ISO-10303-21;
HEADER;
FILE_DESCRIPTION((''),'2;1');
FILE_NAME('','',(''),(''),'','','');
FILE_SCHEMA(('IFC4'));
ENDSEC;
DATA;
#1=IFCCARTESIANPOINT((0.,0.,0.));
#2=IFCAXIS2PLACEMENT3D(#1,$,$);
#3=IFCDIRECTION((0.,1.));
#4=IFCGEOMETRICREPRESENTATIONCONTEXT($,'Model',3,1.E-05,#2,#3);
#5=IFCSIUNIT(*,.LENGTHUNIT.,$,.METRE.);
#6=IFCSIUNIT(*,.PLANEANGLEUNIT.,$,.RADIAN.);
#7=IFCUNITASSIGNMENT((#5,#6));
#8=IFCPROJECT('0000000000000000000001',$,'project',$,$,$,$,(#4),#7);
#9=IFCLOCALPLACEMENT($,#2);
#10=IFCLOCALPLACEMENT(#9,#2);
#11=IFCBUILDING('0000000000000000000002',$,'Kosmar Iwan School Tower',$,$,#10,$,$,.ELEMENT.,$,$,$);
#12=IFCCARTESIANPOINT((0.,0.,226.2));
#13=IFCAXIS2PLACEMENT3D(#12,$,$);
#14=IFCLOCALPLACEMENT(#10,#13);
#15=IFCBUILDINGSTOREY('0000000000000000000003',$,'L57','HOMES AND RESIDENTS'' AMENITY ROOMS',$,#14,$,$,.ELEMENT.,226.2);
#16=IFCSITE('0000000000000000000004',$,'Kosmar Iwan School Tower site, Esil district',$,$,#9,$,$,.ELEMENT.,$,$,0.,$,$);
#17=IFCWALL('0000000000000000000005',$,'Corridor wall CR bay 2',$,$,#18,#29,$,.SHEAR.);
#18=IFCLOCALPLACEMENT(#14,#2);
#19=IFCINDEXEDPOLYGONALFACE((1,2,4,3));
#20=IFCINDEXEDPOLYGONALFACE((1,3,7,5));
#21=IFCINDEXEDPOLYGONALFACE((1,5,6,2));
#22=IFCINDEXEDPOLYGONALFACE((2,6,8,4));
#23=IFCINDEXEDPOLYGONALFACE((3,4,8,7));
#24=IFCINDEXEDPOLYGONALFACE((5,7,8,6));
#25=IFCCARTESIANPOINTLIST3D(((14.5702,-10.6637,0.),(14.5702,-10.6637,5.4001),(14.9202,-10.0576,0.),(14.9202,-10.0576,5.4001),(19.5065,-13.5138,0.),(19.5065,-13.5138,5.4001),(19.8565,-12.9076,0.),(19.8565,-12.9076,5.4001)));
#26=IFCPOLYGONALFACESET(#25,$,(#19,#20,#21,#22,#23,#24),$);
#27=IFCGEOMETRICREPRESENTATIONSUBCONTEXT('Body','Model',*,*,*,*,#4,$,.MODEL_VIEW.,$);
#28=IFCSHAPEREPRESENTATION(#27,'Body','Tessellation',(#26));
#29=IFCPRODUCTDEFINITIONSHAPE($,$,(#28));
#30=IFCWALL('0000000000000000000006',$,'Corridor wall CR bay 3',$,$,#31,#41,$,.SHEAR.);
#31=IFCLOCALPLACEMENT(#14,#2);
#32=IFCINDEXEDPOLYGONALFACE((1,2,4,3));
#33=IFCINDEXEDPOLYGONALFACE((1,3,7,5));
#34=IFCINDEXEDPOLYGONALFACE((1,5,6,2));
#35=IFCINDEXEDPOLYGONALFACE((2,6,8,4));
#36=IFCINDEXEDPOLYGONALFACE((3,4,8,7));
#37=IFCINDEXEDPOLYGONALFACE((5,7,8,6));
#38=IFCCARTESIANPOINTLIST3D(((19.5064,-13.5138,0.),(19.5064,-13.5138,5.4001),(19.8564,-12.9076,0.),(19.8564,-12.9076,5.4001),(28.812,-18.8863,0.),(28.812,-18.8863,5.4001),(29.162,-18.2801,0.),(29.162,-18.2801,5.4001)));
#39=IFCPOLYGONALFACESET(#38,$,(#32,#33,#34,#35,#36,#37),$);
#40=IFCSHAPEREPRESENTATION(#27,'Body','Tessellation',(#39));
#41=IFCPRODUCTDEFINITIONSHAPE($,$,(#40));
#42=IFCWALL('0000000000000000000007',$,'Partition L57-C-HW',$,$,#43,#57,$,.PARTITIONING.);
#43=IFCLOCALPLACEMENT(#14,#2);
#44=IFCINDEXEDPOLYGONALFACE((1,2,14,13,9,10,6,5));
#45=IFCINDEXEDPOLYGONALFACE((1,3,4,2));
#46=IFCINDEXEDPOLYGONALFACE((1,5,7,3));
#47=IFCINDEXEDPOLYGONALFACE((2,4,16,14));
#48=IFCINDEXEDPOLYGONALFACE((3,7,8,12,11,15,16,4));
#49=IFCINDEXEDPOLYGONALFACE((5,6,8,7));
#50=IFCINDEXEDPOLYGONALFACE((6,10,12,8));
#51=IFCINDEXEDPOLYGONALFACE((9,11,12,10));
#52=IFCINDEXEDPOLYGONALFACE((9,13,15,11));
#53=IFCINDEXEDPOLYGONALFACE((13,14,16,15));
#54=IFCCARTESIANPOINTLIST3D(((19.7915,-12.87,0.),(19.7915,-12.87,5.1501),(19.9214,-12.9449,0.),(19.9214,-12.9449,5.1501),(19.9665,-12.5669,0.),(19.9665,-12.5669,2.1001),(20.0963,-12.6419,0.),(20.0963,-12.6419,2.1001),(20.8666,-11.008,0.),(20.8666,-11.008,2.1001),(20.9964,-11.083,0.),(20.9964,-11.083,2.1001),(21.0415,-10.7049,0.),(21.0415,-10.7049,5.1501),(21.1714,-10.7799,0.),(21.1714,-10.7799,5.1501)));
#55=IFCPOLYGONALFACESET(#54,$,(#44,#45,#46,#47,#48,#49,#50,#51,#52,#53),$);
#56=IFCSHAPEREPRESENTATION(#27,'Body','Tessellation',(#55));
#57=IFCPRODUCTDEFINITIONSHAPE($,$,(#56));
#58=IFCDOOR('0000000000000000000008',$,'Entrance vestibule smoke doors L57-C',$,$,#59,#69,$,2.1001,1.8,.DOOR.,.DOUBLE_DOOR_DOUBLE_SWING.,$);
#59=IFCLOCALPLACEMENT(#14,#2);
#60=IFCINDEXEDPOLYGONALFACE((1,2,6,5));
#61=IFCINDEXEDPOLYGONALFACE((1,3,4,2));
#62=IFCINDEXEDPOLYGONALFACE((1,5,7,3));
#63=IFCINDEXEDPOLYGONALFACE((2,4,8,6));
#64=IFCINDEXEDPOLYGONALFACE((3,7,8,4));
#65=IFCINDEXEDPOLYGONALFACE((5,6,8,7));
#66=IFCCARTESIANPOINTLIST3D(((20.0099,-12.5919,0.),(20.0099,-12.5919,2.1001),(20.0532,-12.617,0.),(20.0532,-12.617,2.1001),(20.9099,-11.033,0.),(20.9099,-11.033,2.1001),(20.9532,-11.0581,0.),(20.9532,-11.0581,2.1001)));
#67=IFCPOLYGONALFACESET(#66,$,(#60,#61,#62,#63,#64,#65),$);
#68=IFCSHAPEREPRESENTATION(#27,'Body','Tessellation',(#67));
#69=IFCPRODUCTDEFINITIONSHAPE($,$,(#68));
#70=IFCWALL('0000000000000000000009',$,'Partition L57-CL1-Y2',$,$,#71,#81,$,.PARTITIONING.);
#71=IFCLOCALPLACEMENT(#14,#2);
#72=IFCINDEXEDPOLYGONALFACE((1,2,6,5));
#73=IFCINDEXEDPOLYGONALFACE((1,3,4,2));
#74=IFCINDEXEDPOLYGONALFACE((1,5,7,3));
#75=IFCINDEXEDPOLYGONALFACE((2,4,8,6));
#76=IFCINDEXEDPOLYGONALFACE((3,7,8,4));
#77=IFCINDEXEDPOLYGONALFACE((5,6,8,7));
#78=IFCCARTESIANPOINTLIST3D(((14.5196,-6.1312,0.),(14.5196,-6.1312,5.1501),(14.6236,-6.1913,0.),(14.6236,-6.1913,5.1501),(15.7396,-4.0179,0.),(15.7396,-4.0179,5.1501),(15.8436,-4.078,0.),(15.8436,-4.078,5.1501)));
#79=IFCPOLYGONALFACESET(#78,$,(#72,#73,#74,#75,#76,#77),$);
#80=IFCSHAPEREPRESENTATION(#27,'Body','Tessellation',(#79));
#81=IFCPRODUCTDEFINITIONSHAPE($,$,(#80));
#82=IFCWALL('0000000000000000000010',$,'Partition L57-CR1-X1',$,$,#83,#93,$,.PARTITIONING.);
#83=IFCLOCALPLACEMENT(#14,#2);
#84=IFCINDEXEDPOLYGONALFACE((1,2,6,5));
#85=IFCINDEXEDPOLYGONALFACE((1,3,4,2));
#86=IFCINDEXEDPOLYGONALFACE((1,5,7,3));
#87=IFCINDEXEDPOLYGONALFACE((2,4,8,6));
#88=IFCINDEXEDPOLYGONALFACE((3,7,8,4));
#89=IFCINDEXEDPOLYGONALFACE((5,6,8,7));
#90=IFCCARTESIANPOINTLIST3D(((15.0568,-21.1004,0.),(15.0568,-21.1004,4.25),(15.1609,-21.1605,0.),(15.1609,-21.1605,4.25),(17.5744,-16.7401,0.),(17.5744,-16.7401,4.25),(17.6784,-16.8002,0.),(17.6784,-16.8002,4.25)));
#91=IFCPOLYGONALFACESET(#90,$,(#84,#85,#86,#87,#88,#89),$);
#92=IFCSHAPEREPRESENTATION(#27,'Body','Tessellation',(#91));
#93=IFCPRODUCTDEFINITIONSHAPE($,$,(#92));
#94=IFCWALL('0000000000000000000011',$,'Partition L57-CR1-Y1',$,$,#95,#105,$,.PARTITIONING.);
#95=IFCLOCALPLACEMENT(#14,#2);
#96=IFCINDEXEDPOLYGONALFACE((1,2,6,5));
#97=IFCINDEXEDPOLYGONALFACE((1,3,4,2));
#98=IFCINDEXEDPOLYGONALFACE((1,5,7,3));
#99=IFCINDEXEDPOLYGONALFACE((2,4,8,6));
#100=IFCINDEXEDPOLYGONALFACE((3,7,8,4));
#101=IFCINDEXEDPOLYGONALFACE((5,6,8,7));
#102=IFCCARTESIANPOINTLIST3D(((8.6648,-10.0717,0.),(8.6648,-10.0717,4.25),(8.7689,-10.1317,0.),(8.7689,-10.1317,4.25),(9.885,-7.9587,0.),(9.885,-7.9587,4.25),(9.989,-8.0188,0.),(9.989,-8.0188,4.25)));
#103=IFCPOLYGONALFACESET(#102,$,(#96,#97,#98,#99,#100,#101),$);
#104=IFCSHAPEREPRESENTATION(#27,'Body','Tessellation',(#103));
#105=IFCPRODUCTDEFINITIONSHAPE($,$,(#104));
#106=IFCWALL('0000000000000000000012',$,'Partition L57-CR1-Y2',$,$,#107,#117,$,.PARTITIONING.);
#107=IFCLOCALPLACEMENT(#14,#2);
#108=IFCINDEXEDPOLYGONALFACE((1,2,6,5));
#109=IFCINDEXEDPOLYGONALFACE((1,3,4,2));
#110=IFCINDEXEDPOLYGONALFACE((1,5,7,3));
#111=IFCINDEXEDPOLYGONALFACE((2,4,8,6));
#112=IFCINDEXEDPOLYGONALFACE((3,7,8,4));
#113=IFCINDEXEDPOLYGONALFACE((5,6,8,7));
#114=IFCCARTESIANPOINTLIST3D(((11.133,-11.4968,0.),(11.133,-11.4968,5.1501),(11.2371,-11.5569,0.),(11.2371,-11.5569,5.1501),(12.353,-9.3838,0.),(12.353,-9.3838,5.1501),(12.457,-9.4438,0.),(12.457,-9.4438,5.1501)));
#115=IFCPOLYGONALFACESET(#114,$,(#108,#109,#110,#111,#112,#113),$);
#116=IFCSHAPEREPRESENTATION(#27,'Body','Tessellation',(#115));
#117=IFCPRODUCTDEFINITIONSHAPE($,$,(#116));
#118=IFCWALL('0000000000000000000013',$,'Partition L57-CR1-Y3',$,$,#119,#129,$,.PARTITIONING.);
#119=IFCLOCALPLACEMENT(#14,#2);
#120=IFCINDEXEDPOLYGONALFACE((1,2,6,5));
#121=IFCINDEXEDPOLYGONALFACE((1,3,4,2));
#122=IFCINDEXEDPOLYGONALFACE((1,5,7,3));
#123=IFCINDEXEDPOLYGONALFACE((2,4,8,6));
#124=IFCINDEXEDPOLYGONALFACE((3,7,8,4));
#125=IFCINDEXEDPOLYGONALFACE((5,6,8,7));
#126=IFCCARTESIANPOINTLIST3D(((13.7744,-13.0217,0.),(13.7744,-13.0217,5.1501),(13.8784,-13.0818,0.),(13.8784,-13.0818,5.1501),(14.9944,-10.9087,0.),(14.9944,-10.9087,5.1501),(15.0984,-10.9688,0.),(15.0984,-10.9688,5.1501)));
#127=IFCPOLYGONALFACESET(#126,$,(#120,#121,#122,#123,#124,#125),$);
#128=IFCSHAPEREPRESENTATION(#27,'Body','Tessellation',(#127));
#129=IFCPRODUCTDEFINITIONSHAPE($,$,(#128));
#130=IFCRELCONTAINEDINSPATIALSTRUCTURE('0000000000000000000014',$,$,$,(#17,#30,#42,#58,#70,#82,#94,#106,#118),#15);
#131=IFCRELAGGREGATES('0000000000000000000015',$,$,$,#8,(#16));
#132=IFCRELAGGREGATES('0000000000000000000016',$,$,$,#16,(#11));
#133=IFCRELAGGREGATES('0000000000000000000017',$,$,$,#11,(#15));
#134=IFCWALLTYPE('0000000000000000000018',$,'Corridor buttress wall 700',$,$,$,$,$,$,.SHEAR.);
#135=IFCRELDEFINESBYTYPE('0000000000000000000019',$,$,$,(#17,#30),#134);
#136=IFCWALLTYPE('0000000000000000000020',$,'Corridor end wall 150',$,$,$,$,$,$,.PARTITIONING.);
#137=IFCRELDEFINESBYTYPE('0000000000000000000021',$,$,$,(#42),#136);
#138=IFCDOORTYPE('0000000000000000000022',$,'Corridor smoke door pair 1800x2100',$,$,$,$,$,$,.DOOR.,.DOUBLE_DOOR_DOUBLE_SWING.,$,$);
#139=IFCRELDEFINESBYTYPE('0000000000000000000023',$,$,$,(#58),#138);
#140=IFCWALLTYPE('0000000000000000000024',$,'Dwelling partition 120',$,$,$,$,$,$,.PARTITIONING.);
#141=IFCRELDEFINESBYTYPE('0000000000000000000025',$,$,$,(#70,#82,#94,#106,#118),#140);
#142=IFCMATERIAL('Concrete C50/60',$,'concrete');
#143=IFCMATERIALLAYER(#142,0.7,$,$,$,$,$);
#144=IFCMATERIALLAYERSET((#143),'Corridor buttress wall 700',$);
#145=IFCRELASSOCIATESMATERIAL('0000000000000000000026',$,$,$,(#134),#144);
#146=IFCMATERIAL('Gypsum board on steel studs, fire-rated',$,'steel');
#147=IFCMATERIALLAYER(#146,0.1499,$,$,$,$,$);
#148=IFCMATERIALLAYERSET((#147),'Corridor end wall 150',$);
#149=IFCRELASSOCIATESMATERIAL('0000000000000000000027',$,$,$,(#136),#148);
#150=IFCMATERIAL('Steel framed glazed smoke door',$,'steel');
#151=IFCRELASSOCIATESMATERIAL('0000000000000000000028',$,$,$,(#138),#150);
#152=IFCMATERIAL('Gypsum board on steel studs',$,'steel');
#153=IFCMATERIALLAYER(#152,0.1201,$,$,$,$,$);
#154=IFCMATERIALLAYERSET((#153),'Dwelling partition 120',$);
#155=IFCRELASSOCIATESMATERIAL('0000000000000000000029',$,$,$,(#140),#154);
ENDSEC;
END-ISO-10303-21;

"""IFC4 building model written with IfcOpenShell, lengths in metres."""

from ifc_helpers import new_model, si_unit, direction, frame, frame_2d, origin, place, context, subcontext, project, spatial, rectangle, extrude, material, layer, layer_set, type_object, element, fill, save


model = new_model("IFC4")

# Units and contexts
model_context = context("Model", 3, precision=1e-05, world=origin(), true_north=direction((0.0, 1.0)))
body_context = subcontext(model_context, "Body", "Model", "MODEL_VIEW")
ifc_project = project(units=[si_unit("LENGTHUNIT", "METRE"), si_unit("PLANEANGLEUNIT", "RADIAN")], contexts=[model_context])

# Site, building, storey
site_placement = place(None, origin())
site = spatial("IfcSite", under=ifc_project, at=site_placement, Name="Kosmar Iwan School Tower site, Esil district", CompositionType="ELEMENT", RefElevation=0.0)
building_placement = place(site_placement, origin())
building = spatial("IfcBuilding", under=site, at=building_placement, Name="Kosmar Iwan School Tower", CompositionType="ELEMENT")
storey_placement = place(building_placement, frame((0.0, 0.0, 226.2)))
storey = spatial("IfcBuildingStorey", under=building, at=storey_placement, Name="L57", Description="HOMES AND RESIDENTS' AMENITY ROOMS", CompositionType="ELEMENT", Elevation=226.2)

# Shared definitions
ifc_material_1 = material(Name="Concrete C50/60", Category="concrete")
ifc_layer_1 = layer(ifc_material_1, 0.7)
ifc_layer_set_1 = layer_set([ifc_layer_1], Name="Corridor buttress wall 700")
wall_type_1 = type_object("IfcWallType", Name="Corridor buttress wall 700", PredefinedType="SHEAR", material=ifc_layer_set_1)

# Walls
wall_1_placement = place(storey_placement, frame((14.7451, -10.3606, 0.0), z_axis=(0.0, 0.0, 1.0), x_axis=(0.866015, -0.500018, 0.0)))
element("IfcWall", 1, at=wall_1_placement, inside=storey, type_object=wall_type_1, Name="Corridor wall CR bay 2", PredefinedType="SHEAR", context=body_context, shape_type="SweptSolid", body=[
    extrude(rectangle(XDim=5.7, YDim=0.7, at=frame_2d((2.8501, 0.0))), origin(), (0.0, 0.0, 1.0), 5.4001),
])
wall_2_placement = place(storey_placement, frame((19.6814, -13.2107, 0.0), z_axis=(0.0, 0.0, 1.0), x_axis=(0.866028, -0.499995, 0.0)))
element("IfcWall", 2, at=wall_2_placement, inside=storey, type_object=wall_type_1, Name="Corridor wall CR bay 3", PredefinedType="SHEAR", context=body_context, shape_type="SweptSolid", body=[
    extrude(rectangle(XDim=10.7451, YDim=0.7, at=frame_2d((5.3726, 0.0))), origin(), (0.0, 0.0, 1.0), 5.4001),
])

# Wall, opening, door
ifc_material_2 = material(Name="Gypsum board on steel studs, fire-rated", Category="steel")
ifc_layer_2 = layer(ifc_material_2, 0.1499)
ifc_layer_set_2 = layer_set([ifc_layer_2], Name="Corridor end wall 150")
wall_type_2 = type_object("IfcWallType", Name="Corridor end wall 150", PredefinedType="PARTITIONING", material=ifc_layer_set_2)
wall_3_placement = place(storey_placement, frame((19.8564, -12.9075, 0.0), z_axis=(0.0, 0.0, 1.0), x_axis=(0.500004, 0.866023, 0.0)))
wall_3 = element("IfcWall", 3, at=wall_3_placement, inside=storey, type_object=wall_type_2, Name="Partition L57-C-HW", PredefinedType="PARTITIONING", context=body_context, shape_type="SweptSolid", body=[
    extrude(rectangle(XDim=2.5, YDim=0.1499, at=frame_2d((1.25, 0.0))), origin(), (0.0, 0.0, 1.0), 5.1501),
])
opening_1_placement = place(wall_3_placement, frame((0.3501, 0.0, 0.0)))
opening_1 = element("IfcOpeningElement", 4, at=opening_1_placement, cuts=wall_3, PredefinedType="OPENING", context=body_context, shape_type="SweptSolid", body=[
    extrude(rectangle(XDim=1.8, YDim=2.1001, at=frame_2d((0.8999, 1.05))), frame((0.0, 0.0869, 0.0), z_axis=(0.0, -1.0, 0.0), x_axis=(1.0, 0.0, 0.0)), (0.0, 0.0, 1.0), 0.1738),
])
ifc_material_3 = material(Name="Steel framed glazed smoke door", Category="steel")
door_type_1 = type_object("IfcDoorType", Name="Corridor smoke door pair 1800x2100", OperationType="DOUBLE_DOOR_DOUBLE_SWING", PredefinedType="DOOR", material=ifc_material_3)
door_1_placement = place(opening_1_placement, origin())
door_1 = element("IfcDoor", 5, at=door_1_placement, inside=storey, type_object=door_type_1, Name="Entrance vestibule smoke doors L57-C", OperationType="DOUBLE_DOOR_DOUBLE_SWING", OverallHeight=2.1001, OverallWidth=1.8, PredefinedType="DOOR", context=body_context, shape_type="SweptSolid", body=[
    extrude(rectangle(XDim=1.8, YDim=2.1001, at=frame_2d((0.8999, 1.05))), frame((0.0, 0.0249, 0.0), z_axis=(0.0, -1.0, 0.0), x_axis=(1.0, 0.0, 0.0)), (0.0, 0.0, 1.0), 0.05),
])
fill(opening_1, door_1)

# Walls
ifc_material_4 = material(Name="Gypsum board on steel studs", Category="steel")
ifc_layer_3 = layer(ifc_material_4, 0.1201)
ifc_layer_set_3 = layer_set([ifc_layer_3], Name="Dwelling partition 120")
wall_type_3 = type_object("IfcWallType", Name="Dwelling partition 120", PredefinedType="PARTITIONING", material=ifc_layer_set_3)
wall_4_placement = place(storey_placement, frame((14.5715, -6.1614, 0.0), z_axis=(0.0, 0.0, 1.0), x_axis=(0.499959, 0.866049, 0.0)))
element("IfcWall", 6, at=wall_4_placement, inside=storey, type_object=wall_type_3, Name="Partition L57-CL1-Y2", PredefinedType="PARTITIONING", context=body_context, shape_type="SweptSolid", body=[
    extrude(rectangle(XDim=2.4402, YDim=0.1201, at=frame_2d((1.2202, 0.0))), origin(), (0.0, 0.0, 1.0), 5.1501),
])
wall_5_placement = place(storey_placement, frame((17.6265, -16.77, 0.0), z_axis=(0.0, 0.0, 1.0), x_axis=(-0.500019, -0.866014, 0.0)))
element("IfcWall", 7, at=wall_5_placement, inside=storey, type_object=wall_type_3, Name="Partition L57-CR1-X1", PredefinedType="PARTITIONING", context=body_context, shape_type="SweptSolid", body=[
    extrude(rectangle(XDim=5.0349, YDim=0.1201, at=frame_2d((2.5176, 0.0))), origin(), (0.0, 0.0, 1.0), 4.25),
])
wall_6_placement = place(storey_placement, frame((9.937, -7.9888, 0.0), z_axis=(0.0, 0.0, 1.0), x_axis=(-0.500078, -0.865981, 0.0)))
element("IfcWall", 8, at=wall_6_placement, inside=storey, type_object=wall_type_3, Name="Partition L57-CR1-Y1", PredefinedType="PARTITIONING", context=body_context, shape_type="SweptSolid", body=[
    extrude(rectangle(XDim=2.4399, YDim=0.1201, at=frame_2d((1.22, 0.0))), origin(), (0.0, 0.0, 1.0), 4.25),
])
for number, where, z_axis, x_axis, name in (
    (9, (12.405, -9.4138, 0.0), (0.0, 0.0, 1.0), (-0.500003, -0.866024, 0.0), "Partition L57-CR1-Y2"),
    (10, (15.0464, -10.9387, 0.0), (0.0, 0.0, 1.0), (-0.500003, -0.866024, 0.0), "Partition L57-CR1-Y3"),
):
    element("IfcWall", number, at=place(storey_placement, frame(where, z_axis=z_axis, x_axis=x_axis)), inside=storey, type_object=wall_type_3, Name=name, PredefinedType="PARTITIONING", context=body_context, shape_type="SweptSolid", body=[
        extrude(rectangle(XDim=2.4399, YDim=0.1201, at=frame_2d((1.22, 0.0))), origin(), (0.0, 0.0, 1.0), 5.1501),
    ])

save(model, "model.ifc")
